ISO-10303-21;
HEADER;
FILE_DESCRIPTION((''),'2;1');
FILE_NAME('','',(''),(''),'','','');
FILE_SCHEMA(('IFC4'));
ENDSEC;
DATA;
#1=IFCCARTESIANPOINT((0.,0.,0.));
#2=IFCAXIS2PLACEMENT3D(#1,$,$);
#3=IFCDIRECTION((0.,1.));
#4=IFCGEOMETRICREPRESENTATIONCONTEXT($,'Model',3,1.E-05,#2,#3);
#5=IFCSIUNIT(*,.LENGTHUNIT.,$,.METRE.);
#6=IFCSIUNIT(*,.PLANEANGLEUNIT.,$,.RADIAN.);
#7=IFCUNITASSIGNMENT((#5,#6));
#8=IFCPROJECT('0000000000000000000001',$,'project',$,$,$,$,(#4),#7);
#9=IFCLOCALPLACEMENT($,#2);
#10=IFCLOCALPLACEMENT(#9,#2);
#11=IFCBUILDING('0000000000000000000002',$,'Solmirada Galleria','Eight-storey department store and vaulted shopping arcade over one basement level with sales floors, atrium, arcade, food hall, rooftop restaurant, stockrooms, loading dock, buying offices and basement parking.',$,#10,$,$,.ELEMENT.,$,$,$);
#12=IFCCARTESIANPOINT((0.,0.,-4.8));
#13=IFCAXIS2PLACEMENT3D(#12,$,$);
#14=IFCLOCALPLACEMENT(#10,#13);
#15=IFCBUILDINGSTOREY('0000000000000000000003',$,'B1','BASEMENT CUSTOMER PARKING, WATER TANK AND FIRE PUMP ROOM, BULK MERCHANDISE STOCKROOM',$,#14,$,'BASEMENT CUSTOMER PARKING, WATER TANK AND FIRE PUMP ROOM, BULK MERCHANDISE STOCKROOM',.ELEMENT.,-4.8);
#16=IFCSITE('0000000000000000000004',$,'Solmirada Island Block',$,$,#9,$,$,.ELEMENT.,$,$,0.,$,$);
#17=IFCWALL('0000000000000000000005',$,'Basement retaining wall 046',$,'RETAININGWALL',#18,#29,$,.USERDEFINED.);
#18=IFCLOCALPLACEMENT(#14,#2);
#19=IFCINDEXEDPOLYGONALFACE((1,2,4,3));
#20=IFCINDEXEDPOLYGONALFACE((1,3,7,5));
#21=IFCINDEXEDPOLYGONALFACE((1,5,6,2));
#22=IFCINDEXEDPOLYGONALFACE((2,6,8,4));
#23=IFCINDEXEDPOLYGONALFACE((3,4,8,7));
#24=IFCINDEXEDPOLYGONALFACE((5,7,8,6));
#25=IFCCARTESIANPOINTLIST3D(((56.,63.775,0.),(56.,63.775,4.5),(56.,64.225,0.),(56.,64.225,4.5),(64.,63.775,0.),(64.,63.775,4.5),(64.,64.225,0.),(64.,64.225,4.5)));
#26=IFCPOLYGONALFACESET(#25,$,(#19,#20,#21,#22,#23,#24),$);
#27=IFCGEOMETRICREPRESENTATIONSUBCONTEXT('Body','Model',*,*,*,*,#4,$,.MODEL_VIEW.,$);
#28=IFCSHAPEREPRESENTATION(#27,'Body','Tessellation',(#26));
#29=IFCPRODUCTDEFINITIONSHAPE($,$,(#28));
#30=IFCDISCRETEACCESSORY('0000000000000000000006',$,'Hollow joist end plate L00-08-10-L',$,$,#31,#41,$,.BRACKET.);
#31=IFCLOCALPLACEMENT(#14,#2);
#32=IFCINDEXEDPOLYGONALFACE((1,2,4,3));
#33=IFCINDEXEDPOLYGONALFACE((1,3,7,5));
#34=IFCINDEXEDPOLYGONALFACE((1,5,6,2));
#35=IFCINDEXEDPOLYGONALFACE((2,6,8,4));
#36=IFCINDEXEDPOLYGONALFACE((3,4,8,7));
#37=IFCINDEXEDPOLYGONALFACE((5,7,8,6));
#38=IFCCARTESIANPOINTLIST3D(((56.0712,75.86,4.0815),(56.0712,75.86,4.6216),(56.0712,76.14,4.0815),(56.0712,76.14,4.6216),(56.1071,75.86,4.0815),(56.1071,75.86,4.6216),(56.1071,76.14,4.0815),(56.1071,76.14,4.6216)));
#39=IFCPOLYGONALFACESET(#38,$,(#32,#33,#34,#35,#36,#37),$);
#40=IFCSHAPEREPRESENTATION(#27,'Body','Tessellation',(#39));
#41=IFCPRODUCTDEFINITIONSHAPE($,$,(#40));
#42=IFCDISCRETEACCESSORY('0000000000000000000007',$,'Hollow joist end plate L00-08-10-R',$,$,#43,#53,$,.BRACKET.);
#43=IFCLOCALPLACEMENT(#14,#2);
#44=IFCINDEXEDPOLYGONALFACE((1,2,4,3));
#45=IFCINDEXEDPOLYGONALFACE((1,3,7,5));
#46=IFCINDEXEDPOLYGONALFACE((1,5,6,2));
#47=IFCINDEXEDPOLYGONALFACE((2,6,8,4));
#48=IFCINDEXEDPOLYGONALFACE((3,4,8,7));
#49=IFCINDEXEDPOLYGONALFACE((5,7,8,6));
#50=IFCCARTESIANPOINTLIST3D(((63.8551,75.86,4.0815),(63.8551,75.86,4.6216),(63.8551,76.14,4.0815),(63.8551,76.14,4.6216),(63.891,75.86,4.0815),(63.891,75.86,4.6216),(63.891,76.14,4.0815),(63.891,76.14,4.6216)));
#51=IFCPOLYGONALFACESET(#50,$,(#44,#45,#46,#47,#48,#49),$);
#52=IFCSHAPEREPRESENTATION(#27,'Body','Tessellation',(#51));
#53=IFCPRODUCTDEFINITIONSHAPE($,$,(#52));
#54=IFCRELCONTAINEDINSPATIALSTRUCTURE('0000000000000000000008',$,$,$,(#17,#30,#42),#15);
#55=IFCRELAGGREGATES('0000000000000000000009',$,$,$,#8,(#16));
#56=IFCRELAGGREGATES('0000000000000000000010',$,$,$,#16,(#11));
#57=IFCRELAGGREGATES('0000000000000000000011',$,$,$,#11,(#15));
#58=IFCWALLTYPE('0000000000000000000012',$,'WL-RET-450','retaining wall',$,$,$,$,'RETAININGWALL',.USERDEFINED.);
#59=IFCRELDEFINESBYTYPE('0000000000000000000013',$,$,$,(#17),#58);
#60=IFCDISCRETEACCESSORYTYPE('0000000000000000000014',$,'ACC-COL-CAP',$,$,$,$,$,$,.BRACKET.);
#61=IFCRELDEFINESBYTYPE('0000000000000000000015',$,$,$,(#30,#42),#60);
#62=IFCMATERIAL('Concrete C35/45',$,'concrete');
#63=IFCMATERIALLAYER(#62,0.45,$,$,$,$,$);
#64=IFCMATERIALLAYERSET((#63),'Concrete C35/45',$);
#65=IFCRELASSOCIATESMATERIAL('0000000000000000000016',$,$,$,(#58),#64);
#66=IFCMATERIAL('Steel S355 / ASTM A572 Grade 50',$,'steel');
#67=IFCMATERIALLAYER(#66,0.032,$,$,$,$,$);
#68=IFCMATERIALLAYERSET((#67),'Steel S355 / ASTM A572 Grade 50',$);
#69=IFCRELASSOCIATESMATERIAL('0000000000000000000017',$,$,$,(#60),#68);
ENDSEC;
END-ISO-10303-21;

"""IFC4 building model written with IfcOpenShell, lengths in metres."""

from ifc_helpers import new_model, si_unit, direction, frame, frame_2d, origin, origin_2d, place, context, subcontext, project, spatial, rectangle, extrude, material, layer, layer_set, type_object, element, save


model = new_model("IFC4")

# Units and contexts
model_context = context("Model", 3, precision=1e-05, world=origin(), true_north=direction((0.0, 1.0)))
body_context = subcontext(model_context, "Body", "Model", "MODEL_VIEW")
ifc_project = project(units=[si_unit("LENGTHUNIT", "METRE"), si_unit("PLANEANGLEUNIT", "RADIAN")], contexts=[model_context])

# Site, building, storey
site_placement = place(None, origin())
site = spatial("IfcSite", under=ifc_project, at=site_placement, Name="Solmirada Island Block", CompositionType="ELEMENT", RefElevation=0.0)
building_placement = place(site_placement, origin())
building = spatial("IfcBuilding", under=site, at=building_placement, Name="Solmirada Galleria", Description="Eight-storey department store and vaulted shopping arcade over one basement level with sales floors, atrium, arcade, food hall, rooftop restaurant, stockrooms, loading dock, buying offices and basement parking.", CompositionType="ELEMENT")
storey_placement = place(building_placement, frame((0.0, 0.0, -4.8)))
storey = spatial("IfcBuildingStorey", under=building, at=storey_placement, Name="B1", Description="BASEMENT CUSTOMER PARKING, WATER TANK AND FIRE PUMP ROOM, BULK MERCHANDISE STOCKROOM", LongName="BASEMENT CUSTOMER PARKING, WATER TANK AND FIRE PUMP ROOM, BULK MERCHANDISE STOCKROOM", CompositionType="ELEMENT", Elevation=-4.8)

# Shared definitions
ifc_material_1 = material(Name="Concrete C35/45", Category="concrete")

# Wall
ifc_layer_1 = layer(ifc_material_1, 0.45)
ifc_layer_set_1 = layer_set([ifc_layer_1], Name="Concrete C35/45")
wall_type_1 = type_object("IfcWallType", Name="WL-RET-450", Description="retaining wall", ElementType="RETAININGWALL", PredefinedType="USERDEFINED", material=ifc_layer_set_1)
wall_1_placement = place(storey_placement, frame((56.0, 64.0, 0.0), z_axis=(0.0, 0.0, 1.0), x_axis=(1.0, 0.0, 0.0)))
element("IfcWall", 1, at=wall_1_placement, inside=storey, type_object=wall_type_1, Name="Basement retaining wall 046", ObjectType="RETAININGWALL", PredefinedType="USERDEFINED", context=body_context, shape_type="SweptSolid", body=[
    extrude(rectangle(XDim=8.0, YDim=0.45, at=frame_2d((4.0, 0.0))), origin(), (0.0, 0.0, 1.0), 4.5),
])

# Discrete accessories
ifc_material_2 = material(Name="Steel S355 / ASTM A572 Grade 50", Category="steel")
ifc_layer_2 = layer(ifc_material_2, 0.032)
ifc_layer_set_2 = layer_set([ifc_layer_2], Name="Steel S355 / ASTM A572 Grade 50")
discrete_accessory_type = type_object("IfcDiscreteAccessoryType", Name="ACC-COL-CAP", PredefinedType="BRACKET", material=ifc_layer_set_2)
for number, where, z_axis, x_axis, name in (
    (2, (56.0891, 76.0, 4.0815), (0.0, 0.0, 1.0), (1.0, 0.0, 0.0), "Hollow joist end plate L00-08-10-L"),
    (3, (63.873, 76.0, 4.0815), (0.0, 0.0, 1.0), (1.0, 0.0, 0.0), "Hollow joist end plate L00-08-10-R"),
):
    element("IfcDiscreteAccessory", number, at=place(storey_placement, frame(where, z_axis=z_axis, x_axis=x_axis)), inside=storey, type_object=discrete_accessory_type, Name=name, PredefinedType="BRACKET", context=body_context, shape_type="SweptSolid", body=[
        extrude(rectangle(XDim=0.0359, YDim=0.28, at=origin_2d()), origin(), (0.0, 0.0, 1.0), 0.54),
    ])

save(model, "model.ifc")
